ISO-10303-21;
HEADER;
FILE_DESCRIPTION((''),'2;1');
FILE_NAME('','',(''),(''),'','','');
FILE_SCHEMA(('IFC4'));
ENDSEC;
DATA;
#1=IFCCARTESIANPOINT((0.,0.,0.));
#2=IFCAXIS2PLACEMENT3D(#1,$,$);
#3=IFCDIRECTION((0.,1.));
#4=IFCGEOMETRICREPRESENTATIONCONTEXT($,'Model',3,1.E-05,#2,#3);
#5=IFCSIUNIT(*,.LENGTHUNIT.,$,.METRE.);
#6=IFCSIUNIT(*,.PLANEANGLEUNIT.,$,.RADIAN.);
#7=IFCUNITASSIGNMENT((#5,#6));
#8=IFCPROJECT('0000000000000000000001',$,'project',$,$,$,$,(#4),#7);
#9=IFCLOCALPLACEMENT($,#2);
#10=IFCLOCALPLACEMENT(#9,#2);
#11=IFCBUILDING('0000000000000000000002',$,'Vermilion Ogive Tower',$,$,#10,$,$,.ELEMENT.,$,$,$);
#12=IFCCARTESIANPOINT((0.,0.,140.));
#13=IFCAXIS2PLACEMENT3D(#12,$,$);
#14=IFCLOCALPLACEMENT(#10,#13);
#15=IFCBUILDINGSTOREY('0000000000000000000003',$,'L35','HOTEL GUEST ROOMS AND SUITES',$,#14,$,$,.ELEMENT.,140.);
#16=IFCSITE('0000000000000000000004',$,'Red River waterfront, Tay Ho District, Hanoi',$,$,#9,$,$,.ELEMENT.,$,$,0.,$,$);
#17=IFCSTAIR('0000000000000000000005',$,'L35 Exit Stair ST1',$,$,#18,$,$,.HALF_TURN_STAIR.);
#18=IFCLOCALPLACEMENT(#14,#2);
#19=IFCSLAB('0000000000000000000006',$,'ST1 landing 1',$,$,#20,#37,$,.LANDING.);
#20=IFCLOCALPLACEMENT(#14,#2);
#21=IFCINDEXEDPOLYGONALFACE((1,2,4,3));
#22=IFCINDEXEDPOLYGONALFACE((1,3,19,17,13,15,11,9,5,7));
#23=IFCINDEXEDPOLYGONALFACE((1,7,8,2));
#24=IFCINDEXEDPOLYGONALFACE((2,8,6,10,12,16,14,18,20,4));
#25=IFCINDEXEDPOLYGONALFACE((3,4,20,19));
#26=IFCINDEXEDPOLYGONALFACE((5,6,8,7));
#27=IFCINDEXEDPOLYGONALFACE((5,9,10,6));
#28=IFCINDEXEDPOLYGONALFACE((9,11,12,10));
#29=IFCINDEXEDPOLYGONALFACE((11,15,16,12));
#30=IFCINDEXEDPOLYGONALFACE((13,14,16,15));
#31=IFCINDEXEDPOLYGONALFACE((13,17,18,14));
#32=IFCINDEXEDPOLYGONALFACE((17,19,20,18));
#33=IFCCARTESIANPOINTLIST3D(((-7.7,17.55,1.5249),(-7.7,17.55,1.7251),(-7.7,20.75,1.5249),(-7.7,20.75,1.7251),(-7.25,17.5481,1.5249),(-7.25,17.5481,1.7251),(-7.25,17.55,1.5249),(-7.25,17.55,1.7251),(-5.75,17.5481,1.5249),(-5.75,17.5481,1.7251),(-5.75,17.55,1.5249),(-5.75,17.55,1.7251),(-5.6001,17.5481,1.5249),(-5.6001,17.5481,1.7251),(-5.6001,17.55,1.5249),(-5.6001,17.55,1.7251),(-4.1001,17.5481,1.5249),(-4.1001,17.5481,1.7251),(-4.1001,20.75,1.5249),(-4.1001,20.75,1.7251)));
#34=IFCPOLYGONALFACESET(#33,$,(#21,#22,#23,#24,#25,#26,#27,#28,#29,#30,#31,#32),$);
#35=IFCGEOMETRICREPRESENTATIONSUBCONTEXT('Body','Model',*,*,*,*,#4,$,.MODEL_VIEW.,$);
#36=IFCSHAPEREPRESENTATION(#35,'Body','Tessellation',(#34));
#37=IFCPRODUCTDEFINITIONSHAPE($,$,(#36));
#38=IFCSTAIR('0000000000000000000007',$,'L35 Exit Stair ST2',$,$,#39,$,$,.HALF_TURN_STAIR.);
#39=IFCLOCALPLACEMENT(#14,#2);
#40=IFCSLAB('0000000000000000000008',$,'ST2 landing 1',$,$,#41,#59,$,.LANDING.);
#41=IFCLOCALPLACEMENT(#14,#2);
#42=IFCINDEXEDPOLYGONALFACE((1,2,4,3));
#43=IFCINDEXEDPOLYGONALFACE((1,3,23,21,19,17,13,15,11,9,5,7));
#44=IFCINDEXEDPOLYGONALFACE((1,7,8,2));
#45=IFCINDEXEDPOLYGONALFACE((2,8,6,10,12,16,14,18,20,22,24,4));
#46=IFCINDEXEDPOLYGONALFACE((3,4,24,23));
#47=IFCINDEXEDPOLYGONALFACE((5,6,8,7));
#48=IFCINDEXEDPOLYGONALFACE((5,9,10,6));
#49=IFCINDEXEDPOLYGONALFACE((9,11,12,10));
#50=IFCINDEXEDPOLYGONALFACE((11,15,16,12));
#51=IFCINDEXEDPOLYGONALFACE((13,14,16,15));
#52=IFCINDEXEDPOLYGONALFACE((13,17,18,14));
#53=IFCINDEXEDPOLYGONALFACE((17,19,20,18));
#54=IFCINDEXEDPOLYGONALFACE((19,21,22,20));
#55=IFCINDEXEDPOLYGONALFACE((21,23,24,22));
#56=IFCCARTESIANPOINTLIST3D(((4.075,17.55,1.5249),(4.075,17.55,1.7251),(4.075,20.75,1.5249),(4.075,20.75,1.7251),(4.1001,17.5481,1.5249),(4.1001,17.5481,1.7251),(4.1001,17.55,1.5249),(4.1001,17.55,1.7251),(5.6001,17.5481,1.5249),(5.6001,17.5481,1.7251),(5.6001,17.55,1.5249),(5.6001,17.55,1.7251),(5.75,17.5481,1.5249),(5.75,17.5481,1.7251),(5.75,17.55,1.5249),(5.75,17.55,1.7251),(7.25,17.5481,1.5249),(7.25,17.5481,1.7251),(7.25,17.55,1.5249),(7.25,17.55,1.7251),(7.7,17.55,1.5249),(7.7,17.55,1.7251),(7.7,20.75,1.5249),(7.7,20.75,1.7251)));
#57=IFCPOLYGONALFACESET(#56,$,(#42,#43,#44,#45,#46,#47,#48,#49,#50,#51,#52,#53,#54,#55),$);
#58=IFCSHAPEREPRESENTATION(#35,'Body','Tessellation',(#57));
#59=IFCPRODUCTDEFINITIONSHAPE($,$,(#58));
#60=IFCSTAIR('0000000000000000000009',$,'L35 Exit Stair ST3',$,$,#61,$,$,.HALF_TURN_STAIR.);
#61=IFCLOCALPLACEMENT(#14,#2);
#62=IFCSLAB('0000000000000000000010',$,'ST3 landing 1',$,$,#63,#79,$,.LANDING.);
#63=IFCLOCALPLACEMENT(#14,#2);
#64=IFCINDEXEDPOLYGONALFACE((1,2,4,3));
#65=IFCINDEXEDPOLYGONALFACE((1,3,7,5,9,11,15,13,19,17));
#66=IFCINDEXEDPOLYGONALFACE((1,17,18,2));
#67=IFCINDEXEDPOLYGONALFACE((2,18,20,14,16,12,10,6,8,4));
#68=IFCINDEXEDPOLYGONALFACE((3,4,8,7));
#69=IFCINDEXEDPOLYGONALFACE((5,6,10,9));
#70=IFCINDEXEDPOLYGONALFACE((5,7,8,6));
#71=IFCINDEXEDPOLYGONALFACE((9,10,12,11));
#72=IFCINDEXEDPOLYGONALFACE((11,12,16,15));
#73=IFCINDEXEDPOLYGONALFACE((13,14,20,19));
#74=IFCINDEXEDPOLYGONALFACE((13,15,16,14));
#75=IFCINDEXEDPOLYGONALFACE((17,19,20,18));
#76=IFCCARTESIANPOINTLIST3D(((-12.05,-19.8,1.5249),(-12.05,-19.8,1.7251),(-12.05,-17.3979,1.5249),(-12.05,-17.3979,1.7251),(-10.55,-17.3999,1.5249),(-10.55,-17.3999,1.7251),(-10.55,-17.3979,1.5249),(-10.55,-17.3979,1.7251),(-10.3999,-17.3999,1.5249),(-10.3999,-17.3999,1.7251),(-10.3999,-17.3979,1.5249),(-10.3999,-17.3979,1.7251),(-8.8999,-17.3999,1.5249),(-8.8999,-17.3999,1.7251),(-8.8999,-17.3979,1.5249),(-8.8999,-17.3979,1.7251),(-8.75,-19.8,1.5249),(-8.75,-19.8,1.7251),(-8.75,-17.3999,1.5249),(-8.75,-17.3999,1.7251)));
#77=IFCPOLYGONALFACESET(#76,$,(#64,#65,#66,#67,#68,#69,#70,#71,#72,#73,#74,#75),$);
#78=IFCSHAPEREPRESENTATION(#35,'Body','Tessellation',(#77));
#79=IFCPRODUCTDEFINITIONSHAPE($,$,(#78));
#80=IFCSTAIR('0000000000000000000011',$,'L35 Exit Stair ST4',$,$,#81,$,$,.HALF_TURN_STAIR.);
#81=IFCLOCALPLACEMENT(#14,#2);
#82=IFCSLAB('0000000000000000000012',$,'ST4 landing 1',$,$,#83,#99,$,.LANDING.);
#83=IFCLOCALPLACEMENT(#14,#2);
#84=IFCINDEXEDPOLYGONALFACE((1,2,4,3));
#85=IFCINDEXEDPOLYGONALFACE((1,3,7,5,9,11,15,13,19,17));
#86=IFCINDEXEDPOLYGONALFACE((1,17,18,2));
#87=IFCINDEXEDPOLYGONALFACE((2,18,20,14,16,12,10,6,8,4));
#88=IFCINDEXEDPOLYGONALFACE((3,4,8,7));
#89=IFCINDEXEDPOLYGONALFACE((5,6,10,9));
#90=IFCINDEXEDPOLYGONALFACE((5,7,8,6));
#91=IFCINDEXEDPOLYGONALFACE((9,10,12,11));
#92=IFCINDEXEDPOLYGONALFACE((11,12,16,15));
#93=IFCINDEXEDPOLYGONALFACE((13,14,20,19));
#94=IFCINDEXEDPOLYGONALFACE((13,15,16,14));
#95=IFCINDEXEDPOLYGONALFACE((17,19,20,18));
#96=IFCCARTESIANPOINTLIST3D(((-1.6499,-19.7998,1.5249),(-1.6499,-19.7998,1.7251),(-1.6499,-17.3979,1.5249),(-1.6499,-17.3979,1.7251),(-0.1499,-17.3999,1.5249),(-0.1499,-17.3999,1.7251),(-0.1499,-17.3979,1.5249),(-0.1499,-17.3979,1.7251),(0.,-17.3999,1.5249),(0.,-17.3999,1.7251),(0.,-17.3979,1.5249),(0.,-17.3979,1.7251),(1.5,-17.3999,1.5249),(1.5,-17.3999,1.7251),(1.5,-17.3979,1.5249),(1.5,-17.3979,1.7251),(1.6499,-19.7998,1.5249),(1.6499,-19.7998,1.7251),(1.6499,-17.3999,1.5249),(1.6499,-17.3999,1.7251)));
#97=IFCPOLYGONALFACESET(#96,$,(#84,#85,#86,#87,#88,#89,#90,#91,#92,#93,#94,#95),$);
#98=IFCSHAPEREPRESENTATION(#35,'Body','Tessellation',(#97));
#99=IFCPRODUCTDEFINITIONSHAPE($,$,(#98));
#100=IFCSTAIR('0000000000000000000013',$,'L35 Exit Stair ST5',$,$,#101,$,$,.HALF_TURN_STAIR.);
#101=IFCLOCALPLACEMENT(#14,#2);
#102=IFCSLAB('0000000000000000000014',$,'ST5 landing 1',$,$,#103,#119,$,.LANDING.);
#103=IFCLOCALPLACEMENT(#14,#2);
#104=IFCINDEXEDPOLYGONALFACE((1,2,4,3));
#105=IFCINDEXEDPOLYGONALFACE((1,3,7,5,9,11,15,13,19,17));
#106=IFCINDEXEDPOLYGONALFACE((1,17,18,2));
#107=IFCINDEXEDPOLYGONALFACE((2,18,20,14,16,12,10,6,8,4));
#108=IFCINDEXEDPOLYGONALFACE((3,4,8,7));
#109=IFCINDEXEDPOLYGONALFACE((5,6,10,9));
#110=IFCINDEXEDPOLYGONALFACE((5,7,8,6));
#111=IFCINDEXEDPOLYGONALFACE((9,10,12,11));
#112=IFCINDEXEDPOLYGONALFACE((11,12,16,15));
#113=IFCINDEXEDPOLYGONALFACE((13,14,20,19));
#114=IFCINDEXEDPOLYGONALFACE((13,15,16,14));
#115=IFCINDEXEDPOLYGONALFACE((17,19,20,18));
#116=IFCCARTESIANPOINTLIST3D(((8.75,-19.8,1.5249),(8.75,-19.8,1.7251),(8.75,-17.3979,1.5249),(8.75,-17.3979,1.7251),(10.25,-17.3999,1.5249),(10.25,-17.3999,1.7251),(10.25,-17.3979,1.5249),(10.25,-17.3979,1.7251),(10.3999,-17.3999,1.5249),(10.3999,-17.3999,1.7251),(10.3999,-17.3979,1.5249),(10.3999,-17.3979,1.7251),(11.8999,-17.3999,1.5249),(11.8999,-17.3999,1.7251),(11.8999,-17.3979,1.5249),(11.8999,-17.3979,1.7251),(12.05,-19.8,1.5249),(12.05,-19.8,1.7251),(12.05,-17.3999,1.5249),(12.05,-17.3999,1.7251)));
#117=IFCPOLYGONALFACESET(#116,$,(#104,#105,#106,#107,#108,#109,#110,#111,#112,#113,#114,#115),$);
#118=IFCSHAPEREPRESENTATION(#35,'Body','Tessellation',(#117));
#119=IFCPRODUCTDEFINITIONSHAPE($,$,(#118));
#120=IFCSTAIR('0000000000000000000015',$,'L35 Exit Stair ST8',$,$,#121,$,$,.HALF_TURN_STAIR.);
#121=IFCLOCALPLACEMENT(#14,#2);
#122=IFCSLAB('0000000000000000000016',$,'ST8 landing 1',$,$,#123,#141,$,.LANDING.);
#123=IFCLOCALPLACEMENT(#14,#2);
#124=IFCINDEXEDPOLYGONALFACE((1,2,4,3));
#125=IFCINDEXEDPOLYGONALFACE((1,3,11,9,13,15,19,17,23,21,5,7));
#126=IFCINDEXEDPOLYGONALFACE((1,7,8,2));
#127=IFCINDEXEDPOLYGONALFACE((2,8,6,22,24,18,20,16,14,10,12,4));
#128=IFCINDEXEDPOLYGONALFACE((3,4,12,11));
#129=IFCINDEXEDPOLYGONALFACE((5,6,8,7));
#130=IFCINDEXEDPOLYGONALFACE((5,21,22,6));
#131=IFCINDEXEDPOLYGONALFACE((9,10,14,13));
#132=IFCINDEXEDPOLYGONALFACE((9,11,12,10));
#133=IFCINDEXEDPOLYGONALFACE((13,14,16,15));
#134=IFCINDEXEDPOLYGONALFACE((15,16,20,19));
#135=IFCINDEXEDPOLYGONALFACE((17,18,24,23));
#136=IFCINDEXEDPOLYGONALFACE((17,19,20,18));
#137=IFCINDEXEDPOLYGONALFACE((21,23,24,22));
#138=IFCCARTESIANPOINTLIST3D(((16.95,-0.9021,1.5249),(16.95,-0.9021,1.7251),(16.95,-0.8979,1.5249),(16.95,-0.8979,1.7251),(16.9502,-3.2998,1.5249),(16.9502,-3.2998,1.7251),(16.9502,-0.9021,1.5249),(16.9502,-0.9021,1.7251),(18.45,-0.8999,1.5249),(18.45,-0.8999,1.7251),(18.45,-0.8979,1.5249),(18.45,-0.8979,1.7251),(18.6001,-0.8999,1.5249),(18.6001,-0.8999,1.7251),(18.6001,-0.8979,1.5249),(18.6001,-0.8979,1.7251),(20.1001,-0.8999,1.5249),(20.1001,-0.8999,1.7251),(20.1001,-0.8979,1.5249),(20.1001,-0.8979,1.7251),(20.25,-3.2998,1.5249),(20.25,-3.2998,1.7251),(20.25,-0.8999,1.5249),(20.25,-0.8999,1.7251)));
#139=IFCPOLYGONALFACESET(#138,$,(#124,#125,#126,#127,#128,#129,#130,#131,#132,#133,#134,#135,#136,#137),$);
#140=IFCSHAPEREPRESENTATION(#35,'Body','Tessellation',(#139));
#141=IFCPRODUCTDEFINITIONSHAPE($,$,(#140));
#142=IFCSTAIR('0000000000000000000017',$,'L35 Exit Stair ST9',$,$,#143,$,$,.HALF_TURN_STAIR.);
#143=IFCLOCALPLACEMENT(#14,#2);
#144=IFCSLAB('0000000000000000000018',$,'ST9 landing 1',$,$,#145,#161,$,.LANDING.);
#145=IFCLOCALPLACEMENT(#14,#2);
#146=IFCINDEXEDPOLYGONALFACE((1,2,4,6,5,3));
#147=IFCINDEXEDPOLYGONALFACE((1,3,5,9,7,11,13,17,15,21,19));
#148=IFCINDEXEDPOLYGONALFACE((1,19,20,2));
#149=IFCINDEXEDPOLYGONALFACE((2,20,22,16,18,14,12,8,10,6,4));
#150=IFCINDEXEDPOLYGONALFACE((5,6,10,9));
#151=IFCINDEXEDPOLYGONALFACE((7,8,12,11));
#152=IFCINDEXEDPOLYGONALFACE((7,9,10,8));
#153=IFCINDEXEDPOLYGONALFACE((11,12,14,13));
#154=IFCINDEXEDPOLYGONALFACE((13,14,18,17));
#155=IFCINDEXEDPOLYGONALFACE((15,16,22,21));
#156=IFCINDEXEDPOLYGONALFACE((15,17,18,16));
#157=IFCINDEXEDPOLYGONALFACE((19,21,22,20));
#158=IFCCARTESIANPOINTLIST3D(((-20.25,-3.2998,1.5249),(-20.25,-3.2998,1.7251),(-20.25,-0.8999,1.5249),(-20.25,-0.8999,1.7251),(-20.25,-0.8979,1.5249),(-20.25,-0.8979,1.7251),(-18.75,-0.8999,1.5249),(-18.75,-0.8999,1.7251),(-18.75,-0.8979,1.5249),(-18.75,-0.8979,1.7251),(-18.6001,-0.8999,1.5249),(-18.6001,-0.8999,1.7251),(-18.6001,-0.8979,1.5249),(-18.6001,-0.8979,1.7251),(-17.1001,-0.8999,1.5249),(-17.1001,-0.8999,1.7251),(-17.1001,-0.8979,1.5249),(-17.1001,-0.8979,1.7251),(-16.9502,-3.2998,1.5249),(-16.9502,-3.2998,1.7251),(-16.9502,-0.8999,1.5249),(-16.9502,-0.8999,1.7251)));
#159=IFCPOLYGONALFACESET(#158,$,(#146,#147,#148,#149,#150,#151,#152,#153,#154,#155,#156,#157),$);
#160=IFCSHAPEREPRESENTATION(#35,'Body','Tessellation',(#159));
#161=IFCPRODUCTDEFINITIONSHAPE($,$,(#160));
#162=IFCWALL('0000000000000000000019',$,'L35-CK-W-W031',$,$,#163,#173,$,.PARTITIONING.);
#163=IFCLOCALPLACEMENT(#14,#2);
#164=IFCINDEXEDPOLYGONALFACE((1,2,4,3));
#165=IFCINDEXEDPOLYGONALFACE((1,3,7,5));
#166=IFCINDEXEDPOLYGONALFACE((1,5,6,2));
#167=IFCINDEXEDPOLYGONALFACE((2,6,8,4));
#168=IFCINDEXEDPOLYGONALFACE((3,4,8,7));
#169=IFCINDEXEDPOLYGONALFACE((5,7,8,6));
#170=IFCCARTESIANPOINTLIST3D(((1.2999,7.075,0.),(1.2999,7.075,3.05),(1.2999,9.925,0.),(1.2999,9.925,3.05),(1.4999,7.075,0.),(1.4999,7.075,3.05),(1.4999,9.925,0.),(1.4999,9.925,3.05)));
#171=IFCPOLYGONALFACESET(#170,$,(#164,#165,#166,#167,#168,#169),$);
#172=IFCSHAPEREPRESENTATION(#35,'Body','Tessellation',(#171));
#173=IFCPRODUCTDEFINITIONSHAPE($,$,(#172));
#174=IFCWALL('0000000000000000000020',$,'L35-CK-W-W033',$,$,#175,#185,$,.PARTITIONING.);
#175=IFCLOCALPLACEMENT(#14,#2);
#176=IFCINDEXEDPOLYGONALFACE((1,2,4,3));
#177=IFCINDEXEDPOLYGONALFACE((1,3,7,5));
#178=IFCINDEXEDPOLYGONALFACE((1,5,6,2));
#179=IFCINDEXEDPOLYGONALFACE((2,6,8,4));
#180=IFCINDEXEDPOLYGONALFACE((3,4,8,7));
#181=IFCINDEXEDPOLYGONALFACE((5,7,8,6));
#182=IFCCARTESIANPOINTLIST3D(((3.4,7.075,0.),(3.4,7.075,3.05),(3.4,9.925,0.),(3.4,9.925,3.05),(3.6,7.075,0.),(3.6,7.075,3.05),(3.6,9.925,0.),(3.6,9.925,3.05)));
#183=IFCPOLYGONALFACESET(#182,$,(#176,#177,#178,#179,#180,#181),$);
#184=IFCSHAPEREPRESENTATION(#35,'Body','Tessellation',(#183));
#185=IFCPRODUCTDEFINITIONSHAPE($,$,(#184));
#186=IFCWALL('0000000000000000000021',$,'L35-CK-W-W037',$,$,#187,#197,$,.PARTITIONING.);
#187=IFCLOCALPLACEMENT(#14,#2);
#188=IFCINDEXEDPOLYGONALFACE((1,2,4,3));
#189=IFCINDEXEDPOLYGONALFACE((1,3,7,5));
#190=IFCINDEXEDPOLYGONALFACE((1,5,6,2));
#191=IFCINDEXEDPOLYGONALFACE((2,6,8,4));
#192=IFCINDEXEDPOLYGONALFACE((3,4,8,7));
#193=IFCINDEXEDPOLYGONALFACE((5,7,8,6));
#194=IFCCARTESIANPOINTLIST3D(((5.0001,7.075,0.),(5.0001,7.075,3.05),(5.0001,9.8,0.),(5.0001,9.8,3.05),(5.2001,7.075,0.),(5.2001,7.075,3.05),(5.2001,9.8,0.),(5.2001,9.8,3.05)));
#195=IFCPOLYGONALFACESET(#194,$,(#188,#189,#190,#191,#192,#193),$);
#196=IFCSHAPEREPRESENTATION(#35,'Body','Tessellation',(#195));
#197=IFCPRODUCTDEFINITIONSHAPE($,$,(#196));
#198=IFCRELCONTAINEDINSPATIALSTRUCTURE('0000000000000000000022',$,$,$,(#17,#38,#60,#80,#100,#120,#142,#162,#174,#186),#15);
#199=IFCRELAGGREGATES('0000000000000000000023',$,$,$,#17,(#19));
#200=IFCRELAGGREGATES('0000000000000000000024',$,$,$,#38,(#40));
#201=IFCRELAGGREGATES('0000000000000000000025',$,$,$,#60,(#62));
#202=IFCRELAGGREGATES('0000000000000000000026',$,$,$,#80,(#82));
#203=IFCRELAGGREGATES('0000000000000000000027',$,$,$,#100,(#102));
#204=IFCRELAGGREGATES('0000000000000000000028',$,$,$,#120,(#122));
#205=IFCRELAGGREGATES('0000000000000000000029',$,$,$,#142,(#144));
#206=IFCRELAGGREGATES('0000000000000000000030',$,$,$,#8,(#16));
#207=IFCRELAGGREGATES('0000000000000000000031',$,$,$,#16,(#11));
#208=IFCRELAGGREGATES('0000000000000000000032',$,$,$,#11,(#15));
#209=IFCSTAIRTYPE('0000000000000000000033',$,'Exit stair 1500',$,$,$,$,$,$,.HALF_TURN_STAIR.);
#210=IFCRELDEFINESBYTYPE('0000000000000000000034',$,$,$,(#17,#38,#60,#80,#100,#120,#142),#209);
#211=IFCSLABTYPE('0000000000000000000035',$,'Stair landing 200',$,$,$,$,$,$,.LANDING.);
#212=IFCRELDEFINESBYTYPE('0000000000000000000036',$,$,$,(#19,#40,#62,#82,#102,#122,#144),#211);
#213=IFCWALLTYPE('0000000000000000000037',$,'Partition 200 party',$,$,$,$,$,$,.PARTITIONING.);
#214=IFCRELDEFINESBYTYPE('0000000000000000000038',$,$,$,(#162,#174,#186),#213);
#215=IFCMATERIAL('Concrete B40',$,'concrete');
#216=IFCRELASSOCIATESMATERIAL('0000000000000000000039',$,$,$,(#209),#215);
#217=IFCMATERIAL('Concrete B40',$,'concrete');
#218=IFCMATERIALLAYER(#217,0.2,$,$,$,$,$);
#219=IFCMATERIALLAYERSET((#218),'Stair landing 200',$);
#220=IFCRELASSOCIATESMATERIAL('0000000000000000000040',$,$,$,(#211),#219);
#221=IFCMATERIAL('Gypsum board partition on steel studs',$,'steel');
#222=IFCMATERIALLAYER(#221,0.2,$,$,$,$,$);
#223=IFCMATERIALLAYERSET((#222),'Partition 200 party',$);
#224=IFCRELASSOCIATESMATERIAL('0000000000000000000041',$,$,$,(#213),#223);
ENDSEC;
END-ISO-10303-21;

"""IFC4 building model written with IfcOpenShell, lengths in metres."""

from ifc_helpers import new_model, si_unit, direction, frame, frame_2d, origin, place, context, subcontext, project, spatial, polyline, rectangle, outline, extrude, material, layer, layer_set, type_object, element, aggregate, save


model = new_model("IFC4")

# Units and contexts
model_context = context("Model", 3, precision=1e-05, world=origin(), true_north=direction((0.0, 1.0)))
body_context = subcontext(model_context, "Body", "Model", "MODEL_VIEW")
ifc_project = project(units=[si_unit("LENGTHUNIT", "METRE"), si_unit("PLANEANGLEUNIT", "RADIAN")], contexts=[model_context])

# Site, building, storey
site_placement = place(None, origin())
site = spatial("IfcSite", under=ifc_project, at=site_placement, Name="Red River waterfront, Tay Ho District, Hanoi", CompositionType="ELEMENT", RefElevation=0.0)
building_placement = place(site_placement, origin())
building = spatial("IfcBuilding", under=site, at=building_placement, Name="Vermilion Ogive Tower", CompositionType="ELEMENT")
storey_placement = place(building_placement, frame((0.0, 0.0, 140.0)))
storey = spatial("IfcBuildingStorey", under=building, at=storey_placement, Name="L35", Description="HOTEL GUEST ROOMS AND SUITES", CompositionType="ELEMENT", Elevation=140.0)

# Stairs, slabs
ifc_material_1 = material(Name="Concrete B40", Category="concrete")
stair_type = type_object("IfcStairType", Name="Exit stair 1500", PredefinedType="HALF_TURN_STAIR", material=ifc_material_1)
stair_1_placement = place(storey_placement, origin())
stair_1 = element("IfcStair", 1, at=stair_1_placement, inside=storey, type_object=stair_type, Name="L35 Exit Stair ST1", PredefinedType="HALF_TURN_STAIR")
ifc_material_2 = material(Name="Concrete B40", Category="concrete")
ifc_layer_1 = layer(ifc_material_2, 0.2)
ifc_layer_set_1 = layer_set([ifc_layer_1], Name="Stair landing 200")
slab_type_1 = type_object("IfcSlabType", Name="Stair landing 200", PredefinedType="LANDING", material=ifc_layer_set_1)
slab_1_placement = place(storey_placement, frame((0.0, 0.0, 1.5249)))
slab_1 = element("IfcSlab", 2, at=slab_1_placement, type_object=slab_type_1, Name="ST1 landing 1", PredefinedType="LANDING", context=body_context, shape_type="SweptSolid", body=[
    extrude(outline(polyline([(-7.7, 17.55), (-7.25, 17.55), (-7.25, 17.5481), (-5.75, 17.5481), (-5.75, 17.55), (-5.6001, 17.55), (-5.6001, 17.5481), (-4.1001, 17.5481), (-4.1001, 20.75), (-7.7, 20.75), (-7.7, 17.55)])), origin(), (0.0, 0.0, 1.0), 0.2002),
])
aggregate(stair_1, [slab_1])
stair_2_placement = place(storey_placement, origin())
stair_2 = element("IfcStair", 3, at=stair_2_placement, inside=storey, type_object=stair_type, Name="L35 Exit Stair ST2", PredefinedType="HALF_TURN_STAIR")
slab_2_placement = place(storey_placement, frame((0.0, 0.0, 1.5249)))
slab_2 = element("IfcSlab", 4, at=slab_2_placement, type_object=slab_type_1, Name="ST2 landing 1", PredefinedType="LANDING", context=body_context, shape_type="SweptSolid", body=[
    extrude(outline(polyline([(5.6001, 17.55), (5.75, 17.55), (5.75, 17.5481), (7.25, 17.5481), (7.25, 17.55), (7.7, 17.55), (7.7, 20.75), (4.075, 20.75), (4.075, 17.55), (4.1001, 17.55), (4.1001, 17.5481), (5.6001, 17.5481), (5.6001, 17.55)])), origin(), (0.0, 0.0, 1.0), 0.2002),
])
aggregate(stair_2, [slab_2])
stair_3_placement = place(storey_placement, origin())
stair_3 = element("IfcStair", 5, at=stair_3_placement, inside=storey, type_object=stair_type, Name="L35 Exit Stair ST3", PredefinedType="HALF_TURN_STAIR")
slab_3_placement = place(storey_placement, frame((0.0, 0.0, 1.5249)))
slab_3 = element("IfcSlab", 6, at=slab_3_placement, type_object=slab_type_1, Name="ST3 landing 1", PredefinedType="LANDING", context=body_context, shape_type="SweptSolid", body=[
    extrude(outline(polyline([(-8.75, -17.3999), (-8.8999, -17.3999), (-8.8999, -17.3979), (-10.3999, -17.3979), (-10.3999, -17.3999), (-10.55, -17.3999), (-10.55, -17.3979), (-12.05, -17.3979), (-12.05, -19.8), (-8.75, -19.8), (-8.75, -17.3999)])), origin(), (0.0, 0.0, 1.0), 0.2002),
])
aggregate(stair_3, [slab_3])
stair_4_placement = place(storey_placement, origin())
stair_4 = element("IfcStair", 7, at=stair_4_placement, inside=storey, type_object=stair_type, Name="L35 Exit Stair ST4", PredefinedType="HALF_TURN_STAIR")
slab_4_placement = place(storey_placement, frame((0.0, 0.0, 1.5249)))
slab_4 = element("IfcSlab", 8, at=slab_4_placement, type_object=slab_type_1, Name="ST4 landing 1", PredefinedType="LANDING", context=body_context, shape_type="SweptSolid", body=[
    extrude(outline(polyline([(1.6499, -17.3999), (1.5, -17.3999), (1.5, -17.3979), (0.0, -17.3979), (0.0, -17.3999), (-0.1499, -17.3999), (-0.1499, -17.3979), (-1.6499, -17.3979), (-1.6499, -19.7998), (1.6499, -19.7998), (1.6499, -17.3999)])), origin(), (0.0, 0.0, 1.0), 0.2002),
])
aggregate(stair_4, [slab_4])
stair_5_placement = place(storey_placement, origin())
stair_5 = element("IfcStair", 9, at=stair_5_placement, inside=storey, type_object=stair_type, Name="L35 Exit Stair ST5", PredefinedType="HALF_TURN_STAIR")
slab_5_placement = place(storey_placement, frame((0.0, 0.0, 1.5249)))
slab_5 = element("IfcSlab", 10, at=slab_5_placement, type_object=slab_type_1, Name="ST5 landing 1", PredefinedType="LANDING", context=body_context, shape_type="SweptSolid", body=[
    extrude(outline(polyline([(12.05, -17.3999), (11.8999, -17.3999), (11.8999, -17.3979), (10.3999, -17.3979), (10.3999, -17.3999), (10.25, -17.3999), (10.25, -17.3979), (8.75, -17.3979), (8.75, -19.8), (12.05, -19.8), (12.05, -17.3999)])), origin(), (0.0, 0.0, 1.0), 0.2002),
])
aggregate(stair_5, [slab_5])
stair_6_placement = place(storey_placement, origin())
stair_6 = element("IfcStair", 11, at=stair_6_placement, inside=storey, type_object=stair_type, Name="L35 Exit Stair ST8", PredefinedType="HALF_TURN_STAIR")
slab_6_placement = place(storey_placement, frame((0.0, 0.0, 1.5249)))
slab_6 = element("IfcSlab", 12, at=slab_6_placement, type_object=slab_type_1, Name="ST8 landing 1", PredefinedType="LANDING", context=body_context, shape_type="SweptSolid", body=[
    extrude(outline(polyline([(20.25, -0.8999), (20.1001, -0.8999), (20.1001, -0.8979), (18.6001, -0.8979), (18.6001, -0.8999), (18.45, -0.8999), (18.45, -0.8979), (16.95, -0.8979), (16.95, -0.9021), (16.9502, -0.9021), (16.9502, -3.2998), (20.25, -3.2998), (20.25, -0.8999)])), origin(), (0.0, 0.0, 1.0), 0.2002),
])
aggregate(stair_6, [slab_6])
stair_7_placement = place(storey_placement, origin())
stair_7 = element("IfcStair", 13, at=stair_7_placement, inside=storey, type_object=stair_type, Name="L35 Exit Stair ST9", PredefinedType="HALF_TURN_STAIR")
slab_7_placement = place(storey_placement, frame((0.0, 0.0, 1.5249)))
slab_7 = element("IfcSlab", 14, at=slab_7_placement, type_object=slab_type_1, Name="ST9 landing 1", PredefinedType="LANDING", context=body_context, shape_type="SweptSolid", body=[
    extrude(outline(polyline([(-16.9502, -0.8999), (-17.1001, -0.8999), (-17.1001, -0.8979), (-18.6001, -0.8979), (-18.6001, -0.8999), (-18.75, -0.8999), (-18.75, -0.8979), (-20.25, -0.8979), (-20.25, -0.8999), (-20.25, -0.8999), (-20.25, -3.2998), (-16.9502, -3.2998), (-16.9502, -0.8999)])), origin(), (0.0, 0.0, 1.0), 0.2002),
])
aggregate(stair_7, [slab_7])

# Walls
ifc_material_3 = material(Name="Gypsum board partition on steel studs", Category="steel")
ifc_layer_2 = layer(ifc_material_3, 0.2)
ifc_layer_set_2 = layer_set([ifc_layer_2], Name="Partition 200 party")
wall_type = type_object("IfcWallType", Name="Partition 200 party", PredefinedType="PARTITIONING", material=ifc_layer_set_2)
for number, where, z_axis, x_axis, name in (
    (15, (1.3999, 7.075, 0.0), (0.0, 0.0, 1.0), (0.0, 1.0, 0.0), "L35-CK-W-W031"),
    (16, (3.5, 7.075, 0.0), (0.0, 0.0, 1.0), (0.0, 1.0, 0.0), "L35-CK-W-W033"),
):
    element("IfcWall", number, at=place(storey_placement, frame(where, z_axis=z_axis, x_axis=x_axis)), inside=storey, type_object=wall_type, Name=name, PredefinedType="PARTITIONING", context=body_context, shape_type="SweptSolid", body=[
        extrude(rectangle(XDim=2.8501, YDim=0.2, at=frame_2d((1.425, 0.0))), origin(), (0.0, 0.0, 1.0), 3.05),
    ])
wall_placement = place(storey_placement, frame((5.1001, 7.075, 0.0), z_axis=(0.0, 0.0, 1.0), x_axis=(0.0, 1.0, 0.0)))
element("IfcWall", 17, at=wall_placement, inside=storey, type_object=wall_type, Name="L35-CK-W-W037", PredefinedType="PARTITIONING", context=body_context, shape_type="SweptSolid", body=[
    extrude(rectangle(XDim=2.7251, YDim=0.2, at=frame_2d((1.3625, 0.0))), origin(), (0.0, 0.0, 1.0), 3.05),
])

save(model, "model.ifc")
